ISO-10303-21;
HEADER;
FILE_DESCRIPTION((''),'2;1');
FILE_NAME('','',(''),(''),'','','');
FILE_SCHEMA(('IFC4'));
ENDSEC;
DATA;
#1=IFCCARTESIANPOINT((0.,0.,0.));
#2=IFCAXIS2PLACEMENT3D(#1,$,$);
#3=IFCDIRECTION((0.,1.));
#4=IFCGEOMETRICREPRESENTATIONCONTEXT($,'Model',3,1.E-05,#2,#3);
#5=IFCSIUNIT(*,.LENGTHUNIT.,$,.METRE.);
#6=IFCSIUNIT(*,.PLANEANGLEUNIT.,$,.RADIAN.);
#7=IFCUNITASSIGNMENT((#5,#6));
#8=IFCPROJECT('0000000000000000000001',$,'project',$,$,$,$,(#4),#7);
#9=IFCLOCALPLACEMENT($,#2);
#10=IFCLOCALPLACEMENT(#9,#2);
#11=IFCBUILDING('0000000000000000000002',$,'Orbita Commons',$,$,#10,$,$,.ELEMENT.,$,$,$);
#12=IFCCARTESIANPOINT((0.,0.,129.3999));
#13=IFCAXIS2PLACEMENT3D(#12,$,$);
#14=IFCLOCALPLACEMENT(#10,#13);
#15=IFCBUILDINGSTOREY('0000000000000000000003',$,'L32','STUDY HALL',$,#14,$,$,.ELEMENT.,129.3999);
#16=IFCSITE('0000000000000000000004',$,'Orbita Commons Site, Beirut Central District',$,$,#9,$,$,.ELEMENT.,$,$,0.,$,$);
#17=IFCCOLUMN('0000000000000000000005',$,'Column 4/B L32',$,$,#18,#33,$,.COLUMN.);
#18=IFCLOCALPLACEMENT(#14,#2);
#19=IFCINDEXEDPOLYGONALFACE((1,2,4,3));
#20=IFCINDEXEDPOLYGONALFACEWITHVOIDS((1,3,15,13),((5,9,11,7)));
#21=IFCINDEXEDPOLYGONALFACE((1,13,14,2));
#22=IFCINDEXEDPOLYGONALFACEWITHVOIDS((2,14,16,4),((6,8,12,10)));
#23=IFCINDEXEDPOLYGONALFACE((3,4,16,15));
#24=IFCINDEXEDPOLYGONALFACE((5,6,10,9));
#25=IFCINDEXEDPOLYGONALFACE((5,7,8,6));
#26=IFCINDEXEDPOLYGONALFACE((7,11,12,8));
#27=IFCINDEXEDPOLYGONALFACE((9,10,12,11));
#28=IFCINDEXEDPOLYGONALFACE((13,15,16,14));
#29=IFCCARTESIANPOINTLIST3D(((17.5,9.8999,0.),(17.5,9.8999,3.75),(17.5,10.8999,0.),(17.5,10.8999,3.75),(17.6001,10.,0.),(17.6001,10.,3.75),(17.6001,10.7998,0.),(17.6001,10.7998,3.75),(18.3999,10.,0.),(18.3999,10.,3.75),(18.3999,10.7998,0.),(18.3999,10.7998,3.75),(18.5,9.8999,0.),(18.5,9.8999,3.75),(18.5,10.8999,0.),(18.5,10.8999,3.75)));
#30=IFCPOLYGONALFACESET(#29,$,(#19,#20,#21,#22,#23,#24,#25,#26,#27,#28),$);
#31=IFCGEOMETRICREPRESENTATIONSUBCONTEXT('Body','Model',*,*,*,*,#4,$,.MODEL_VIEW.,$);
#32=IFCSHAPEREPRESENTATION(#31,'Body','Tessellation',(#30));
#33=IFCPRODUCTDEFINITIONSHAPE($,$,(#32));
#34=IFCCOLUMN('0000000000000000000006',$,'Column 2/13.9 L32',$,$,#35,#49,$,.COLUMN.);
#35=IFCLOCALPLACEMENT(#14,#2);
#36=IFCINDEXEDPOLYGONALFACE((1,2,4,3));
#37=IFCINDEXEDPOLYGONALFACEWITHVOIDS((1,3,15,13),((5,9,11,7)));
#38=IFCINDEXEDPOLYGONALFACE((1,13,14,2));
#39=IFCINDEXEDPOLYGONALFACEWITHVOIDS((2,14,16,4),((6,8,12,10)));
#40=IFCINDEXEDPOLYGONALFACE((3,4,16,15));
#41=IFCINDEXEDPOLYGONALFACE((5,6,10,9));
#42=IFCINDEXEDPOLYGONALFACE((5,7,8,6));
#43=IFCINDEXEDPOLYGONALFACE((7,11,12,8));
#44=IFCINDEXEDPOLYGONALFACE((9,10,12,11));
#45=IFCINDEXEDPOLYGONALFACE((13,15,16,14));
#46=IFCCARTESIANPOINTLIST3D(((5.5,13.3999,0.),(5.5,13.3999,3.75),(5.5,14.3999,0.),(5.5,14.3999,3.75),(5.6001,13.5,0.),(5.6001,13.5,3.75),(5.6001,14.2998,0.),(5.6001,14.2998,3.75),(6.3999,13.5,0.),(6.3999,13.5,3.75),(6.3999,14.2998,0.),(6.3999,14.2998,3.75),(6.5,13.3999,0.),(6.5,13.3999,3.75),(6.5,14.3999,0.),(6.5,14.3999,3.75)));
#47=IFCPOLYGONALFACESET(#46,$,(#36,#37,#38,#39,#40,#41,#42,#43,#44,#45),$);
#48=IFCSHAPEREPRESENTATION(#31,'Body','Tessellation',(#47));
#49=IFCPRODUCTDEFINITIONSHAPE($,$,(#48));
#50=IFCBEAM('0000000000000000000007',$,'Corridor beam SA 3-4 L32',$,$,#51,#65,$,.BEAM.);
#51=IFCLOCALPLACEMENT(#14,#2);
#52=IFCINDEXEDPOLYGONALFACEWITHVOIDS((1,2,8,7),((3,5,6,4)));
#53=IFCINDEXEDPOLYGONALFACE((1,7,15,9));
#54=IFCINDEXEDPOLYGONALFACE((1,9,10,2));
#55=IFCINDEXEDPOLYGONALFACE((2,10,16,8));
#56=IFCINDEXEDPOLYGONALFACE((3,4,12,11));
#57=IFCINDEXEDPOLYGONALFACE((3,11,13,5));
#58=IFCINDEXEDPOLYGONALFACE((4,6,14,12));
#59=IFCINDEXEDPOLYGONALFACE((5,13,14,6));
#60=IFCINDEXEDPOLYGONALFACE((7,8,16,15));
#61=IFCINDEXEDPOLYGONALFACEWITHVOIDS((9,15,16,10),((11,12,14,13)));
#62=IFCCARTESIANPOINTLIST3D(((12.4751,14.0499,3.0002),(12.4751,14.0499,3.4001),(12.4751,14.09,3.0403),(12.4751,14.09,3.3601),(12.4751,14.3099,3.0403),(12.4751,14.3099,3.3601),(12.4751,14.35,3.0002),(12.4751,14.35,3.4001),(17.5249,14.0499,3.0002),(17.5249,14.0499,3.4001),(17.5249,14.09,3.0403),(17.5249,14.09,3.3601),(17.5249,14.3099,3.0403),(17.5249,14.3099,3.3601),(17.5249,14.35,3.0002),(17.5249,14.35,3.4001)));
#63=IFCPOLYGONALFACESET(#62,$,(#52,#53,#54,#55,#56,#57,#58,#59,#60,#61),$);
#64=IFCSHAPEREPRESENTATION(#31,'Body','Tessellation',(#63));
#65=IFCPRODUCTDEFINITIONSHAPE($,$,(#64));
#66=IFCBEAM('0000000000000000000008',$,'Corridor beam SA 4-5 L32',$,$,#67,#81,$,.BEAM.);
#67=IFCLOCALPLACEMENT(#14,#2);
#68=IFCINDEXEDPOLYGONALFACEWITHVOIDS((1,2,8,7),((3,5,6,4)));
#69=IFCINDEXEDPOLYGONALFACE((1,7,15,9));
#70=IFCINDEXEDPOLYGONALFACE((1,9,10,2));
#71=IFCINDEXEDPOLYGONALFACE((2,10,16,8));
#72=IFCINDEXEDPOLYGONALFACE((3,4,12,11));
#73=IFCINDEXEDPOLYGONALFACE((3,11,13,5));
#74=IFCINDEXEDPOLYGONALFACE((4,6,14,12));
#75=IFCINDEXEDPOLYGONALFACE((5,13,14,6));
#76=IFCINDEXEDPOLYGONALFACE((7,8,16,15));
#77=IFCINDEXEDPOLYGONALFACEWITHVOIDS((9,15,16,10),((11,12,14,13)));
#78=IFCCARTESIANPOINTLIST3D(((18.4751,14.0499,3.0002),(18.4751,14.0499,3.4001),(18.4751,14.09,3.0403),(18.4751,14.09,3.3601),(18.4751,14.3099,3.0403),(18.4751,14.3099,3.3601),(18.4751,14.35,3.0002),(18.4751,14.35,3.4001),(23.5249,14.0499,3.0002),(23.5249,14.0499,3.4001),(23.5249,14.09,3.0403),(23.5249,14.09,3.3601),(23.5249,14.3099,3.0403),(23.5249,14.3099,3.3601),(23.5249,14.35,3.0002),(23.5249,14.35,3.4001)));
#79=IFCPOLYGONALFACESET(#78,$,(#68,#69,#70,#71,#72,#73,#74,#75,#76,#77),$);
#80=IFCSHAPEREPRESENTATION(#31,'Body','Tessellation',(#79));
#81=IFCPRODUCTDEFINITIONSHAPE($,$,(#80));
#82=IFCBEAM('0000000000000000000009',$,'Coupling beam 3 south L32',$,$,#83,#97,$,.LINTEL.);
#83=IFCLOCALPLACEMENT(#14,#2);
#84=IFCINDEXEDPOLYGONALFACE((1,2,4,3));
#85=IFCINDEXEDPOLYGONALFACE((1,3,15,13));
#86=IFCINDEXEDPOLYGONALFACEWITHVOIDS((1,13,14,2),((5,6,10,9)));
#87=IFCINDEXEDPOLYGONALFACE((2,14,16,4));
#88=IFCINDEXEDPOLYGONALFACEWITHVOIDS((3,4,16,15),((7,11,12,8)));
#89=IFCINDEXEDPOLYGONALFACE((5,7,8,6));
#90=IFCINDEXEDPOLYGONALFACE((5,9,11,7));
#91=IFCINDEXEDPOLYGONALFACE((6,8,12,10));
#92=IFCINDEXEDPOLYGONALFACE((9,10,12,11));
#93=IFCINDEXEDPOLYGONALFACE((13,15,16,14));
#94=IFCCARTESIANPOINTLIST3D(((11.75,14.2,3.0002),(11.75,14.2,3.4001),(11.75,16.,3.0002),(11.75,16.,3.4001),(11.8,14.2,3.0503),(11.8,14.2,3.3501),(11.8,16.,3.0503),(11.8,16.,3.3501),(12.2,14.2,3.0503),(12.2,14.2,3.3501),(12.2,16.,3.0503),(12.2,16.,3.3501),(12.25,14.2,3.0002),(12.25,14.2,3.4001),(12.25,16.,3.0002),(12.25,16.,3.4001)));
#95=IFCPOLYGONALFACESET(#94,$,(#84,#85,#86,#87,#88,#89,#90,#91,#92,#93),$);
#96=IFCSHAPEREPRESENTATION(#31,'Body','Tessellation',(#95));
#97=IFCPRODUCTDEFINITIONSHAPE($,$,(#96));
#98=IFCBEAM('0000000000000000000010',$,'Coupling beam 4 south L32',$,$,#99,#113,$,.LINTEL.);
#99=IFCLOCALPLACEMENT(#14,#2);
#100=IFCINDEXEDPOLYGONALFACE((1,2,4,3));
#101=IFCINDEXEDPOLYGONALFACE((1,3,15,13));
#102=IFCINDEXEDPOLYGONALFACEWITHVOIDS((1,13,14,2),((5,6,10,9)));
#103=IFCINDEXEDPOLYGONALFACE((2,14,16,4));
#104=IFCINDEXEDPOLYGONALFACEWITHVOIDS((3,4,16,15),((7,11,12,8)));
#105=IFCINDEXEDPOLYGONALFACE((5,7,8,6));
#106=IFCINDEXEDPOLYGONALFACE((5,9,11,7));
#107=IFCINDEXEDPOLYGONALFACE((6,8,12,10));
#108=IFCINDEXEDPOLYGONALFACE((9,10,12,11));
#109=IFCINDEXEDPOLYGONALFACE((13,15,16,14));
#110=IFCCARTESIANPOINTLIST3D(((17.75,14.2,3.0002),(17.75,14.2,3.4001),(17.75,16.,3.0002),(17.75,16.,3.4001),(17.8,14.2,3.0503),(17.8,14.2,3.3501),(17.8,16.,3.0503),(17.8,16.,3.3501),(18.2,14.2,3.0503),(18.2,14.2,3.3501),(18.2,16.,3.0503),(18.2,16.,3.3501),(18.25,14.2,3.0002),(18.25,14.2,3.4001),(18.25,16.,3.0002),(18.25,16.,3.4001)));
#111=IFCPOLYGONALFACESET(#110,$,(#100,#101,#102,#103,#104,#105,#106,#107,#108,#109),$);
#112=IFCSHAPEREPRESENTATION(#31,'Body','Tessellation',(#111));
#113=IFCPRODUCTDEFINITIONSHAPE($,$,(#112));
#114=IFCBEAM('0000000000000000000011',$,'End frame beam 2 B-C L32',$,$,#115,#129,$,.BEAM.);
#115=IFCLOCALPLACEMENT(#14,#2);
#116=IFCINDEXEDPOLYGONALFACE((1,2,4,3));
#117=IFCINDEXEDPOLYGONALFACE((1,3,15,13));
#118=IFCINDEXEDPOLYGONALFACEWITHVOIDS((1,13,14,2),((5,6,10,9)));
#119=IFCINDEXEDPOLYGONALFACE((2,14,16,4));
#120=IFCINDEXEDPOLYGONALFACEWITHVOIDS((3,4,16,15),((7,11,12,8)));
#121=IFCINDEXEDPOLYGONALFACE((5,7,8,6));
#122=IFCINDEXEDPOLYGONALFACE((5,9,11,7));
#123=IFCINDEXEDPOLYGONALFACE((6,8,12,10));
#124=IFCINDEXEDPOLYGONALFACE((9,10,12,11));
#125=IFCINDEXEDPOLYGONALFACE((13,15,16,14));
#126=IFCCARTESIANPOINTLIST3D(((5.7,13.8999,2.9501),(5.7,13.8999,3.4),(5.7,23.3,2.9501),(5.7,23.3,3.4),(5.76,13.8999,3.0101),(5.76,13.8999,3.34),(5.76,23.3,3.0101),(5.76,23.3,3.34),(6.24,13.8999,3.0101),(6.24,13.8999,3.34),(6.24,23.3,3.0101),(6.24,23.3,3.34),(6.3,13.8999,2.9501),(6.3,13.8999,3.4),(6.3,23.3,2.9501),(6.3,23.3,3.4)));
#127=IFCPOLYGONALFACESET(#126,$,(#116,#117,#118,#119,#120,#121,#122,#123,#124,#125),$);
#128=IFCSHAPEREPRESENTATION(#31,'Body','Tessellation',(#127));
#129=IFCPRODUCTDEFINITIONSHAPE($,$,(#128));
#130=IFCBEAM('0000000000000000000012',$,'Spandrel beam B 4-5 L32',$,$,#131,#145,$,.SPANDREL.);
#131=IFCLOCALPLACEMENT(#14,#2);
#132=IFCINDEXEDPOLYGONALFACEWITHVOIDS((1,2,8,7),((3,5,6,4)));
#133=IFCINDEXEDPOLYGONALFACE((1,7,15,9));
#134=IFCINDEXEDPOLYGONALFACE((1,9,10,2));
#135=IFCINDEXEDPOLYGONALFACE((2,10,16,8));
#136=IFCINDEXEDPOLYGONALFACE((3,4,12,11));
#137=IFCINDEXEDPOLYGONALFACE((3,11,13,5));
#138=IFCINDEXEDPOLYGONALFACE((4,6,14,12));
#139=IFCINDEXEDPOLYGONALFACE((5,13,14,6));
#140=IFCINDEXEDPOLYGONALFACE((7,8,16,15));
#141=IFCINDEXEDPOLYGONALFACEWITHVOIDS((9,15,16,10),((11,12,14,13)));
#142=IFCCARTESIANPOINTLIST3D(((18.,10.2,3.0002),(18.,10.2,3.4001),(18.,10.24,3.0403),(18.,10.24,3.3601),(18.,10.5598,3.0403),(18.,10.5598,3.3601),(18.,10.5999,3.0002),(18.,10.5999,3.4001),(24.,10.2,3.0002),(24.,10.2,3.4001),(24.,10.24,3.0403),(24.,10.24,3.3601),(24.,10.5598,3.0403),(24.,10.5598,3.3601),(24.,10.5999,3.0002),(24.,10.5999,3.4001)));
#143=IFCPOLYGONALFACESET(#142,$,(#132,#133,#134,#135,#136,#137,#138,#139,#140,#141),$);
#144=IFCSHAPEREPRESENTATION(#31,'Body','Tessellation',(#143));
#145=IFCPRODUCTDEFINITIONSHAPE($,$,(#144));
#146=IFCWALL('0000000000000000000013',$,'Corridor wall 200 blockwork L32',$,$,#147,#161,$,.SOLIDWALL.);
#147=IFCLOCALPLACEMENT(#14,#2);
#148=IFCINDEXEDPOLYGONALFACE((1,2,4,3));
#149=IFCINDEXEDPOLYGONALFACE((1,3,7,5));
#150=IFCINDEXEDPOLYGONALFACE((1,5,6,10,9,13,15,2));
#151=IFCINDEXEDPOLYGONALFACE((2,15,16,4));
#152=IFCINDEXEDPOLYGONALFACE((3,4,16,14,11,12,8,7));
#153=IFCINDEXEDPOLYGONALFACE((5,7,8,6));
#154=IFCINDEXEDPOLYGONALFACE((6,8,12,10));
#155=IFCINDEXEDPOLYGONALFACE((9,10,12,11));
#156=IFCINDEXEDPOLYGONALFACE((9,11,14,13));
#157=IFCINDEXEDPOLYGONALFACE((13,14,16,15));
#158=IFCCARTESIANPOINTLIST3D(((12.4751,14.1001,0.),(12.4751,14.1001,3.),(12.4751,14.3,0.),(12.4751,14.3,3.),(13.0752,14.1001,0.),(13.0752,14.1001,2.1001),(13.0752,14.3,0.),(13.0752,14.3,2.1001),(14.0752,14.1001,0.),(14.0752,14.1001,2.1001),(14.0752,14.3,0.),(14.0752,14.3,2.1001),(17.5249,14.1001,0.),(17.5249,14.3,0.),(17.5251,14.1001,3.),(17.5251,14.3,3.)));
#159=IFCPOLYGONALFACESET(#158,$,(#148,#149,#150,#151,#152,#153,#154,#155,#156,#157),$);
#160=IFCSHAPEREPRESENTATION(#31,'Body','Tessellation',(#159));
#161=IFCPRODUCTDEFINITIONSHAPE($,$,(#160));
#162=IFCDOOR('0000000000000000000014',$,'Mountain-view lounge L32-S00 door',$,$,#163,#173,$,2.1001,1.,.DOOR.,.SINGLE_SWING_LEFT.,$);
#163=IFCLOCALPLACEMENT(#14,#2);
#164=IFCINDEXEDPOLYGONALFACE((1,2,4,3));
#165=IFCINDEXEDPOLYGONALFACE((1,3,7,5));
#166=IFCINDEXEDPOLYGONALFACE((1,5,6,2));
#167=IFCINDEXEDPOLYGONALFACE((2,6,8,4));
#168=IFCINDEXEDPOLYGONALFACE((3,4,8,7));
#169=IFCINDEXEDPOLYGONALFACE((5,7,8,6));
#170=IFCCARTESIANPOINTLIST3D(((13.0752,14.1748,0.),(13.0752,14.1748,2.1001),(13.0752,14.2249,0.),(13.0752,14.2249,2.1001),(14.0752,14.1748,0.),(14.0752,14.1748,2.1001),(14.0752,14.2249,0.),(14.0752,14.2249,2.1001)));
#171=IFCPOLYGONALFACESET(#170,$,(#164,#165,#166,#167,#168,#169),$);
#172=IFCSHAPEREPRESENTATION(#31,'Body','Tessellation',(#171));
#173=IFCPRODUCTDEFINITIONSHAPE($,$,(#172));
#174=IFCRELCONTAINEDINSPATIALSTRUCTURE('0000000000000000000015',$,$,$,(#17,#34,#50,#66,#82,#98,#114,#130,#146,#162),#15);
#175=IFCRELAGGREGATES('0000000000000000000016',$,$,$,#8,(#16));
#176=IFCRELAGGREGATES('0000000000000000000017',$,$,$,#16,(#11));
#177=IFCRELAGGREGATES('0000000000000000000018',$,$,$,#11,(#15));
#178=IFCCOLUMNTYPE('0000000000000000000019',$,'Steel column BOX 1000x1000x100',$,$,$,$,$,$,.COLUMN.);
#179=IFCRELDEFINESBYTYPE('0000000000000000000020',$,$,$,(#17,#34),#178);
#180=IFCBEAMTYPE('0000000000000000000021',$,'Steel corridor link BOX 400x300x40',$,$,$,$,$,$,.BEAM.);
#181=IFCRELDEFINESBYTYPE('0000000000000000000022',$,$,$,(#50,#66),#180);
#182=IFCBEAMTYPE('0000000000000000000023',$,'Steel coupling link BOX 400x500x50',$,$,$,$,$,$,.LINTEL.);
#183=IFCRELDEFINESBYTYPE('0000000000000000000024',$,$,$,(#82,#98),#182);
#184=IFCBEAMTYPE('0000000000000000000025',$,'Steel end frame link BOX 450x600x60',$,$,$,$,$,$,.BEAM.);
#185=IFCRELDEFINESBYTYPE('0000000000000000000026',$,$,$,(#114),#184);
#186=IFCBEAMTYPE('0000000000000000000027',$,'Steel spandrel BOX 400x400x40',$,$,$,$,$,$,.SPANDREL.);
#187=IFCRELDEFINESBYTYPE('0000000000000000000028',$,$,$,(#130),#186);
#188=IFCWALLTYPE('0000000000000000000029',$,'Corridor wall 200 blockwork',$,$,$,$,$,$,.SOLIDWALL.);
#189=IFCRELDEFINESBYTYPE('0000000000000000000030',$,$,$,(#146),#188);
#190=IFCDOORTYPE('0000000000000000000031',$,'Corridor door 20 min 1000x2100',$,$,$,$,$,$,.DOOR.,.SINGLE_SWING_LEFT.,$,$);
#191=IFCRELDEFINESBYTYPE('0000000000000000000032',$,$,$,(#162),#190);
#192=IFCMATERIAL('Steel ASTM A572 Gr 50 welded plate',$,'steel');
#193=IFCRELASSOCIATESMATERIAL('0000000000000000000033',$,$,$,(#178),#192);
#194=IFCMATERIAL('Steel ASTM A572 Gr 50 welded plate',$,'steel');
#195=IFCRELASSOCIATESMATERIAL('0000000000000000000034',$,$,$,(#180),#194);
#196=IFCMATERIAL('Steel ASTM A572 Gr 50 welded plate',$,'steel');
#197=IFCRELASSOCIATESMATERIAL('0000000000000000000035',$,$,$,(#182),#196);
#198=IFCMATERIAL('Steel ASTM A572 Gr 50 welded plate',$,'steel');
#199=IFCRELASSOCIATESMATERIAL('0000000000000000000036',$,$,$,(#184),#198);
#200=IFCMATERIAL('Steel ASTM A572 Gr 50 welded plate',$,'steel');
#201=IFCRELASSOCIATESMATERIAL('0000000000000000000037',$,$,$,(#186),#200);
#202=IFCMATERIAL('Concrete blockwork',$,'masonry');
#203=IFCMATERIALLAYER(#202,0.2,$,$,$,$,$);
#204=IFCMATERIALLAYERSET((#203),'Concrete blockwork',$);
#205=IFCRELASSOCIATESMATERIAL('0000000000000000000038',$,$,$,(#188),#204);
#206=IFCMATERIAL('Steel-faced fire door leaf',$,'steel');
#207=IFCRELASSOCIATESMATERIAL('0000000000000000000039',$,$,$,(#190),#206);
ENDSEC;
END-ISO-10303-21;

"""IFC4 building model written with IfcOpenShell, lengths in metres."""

from ifc_helpers import new_model, si_unit, direction, frame, frame_2d, origin, origin_2d, place, context, subcontext, project, spatial, polyline, rectangle, hollow_rectangle, outline, extrude, material, layer, layer_set, material_profile, profile_set, type_object, element, fill, save


model = new_model("IFC4")

# Units and contexts
model_context = context("Model", 3, precision=1e-05, world=origin(), true_north=direction((0.0, 1.0)))
body_context = subcontext(model_context, "Body", "Model", "MODEL_VIEW")
ifc_project = project(units=[si_unit("LENGTHUNIT", "METRE"), si_unit("PLANEANGLEUNIT", "RADIAN")], contexts=[model_context])

# Site, building, storey
site_placement = place(None, origin())
site = spatial("IfcSite", under=ifc_project, at=site_placement, Name="Orbita Commons Site, Beirut Central District", CompositionType="ELEMENT", RefElevation=0.0)
building_placement = place(site_placement, origin())
building = spatial("IfcBuilding", under=site, at=building_placement, Name="Orbita Commons", CompositionType="ELEMENT")
storey_placement = place(building_placement, frame((0.0, 0.0, 129.3999)))
storey = spatial("IfcBuildingStorey", under=building, at=storey_placement, Name="L32", Description="STUDY HALL", CompositionType="ELEMENT", Elevation=129.3999)

# Columns
ifc_material_1 = material(Name="Steel ASTM A572 Gr 50 welded plate", Category="steel")
ifc_material_profile_1 = material_profile(ifc_material_1, hollow_rectangle(XDim=1.0, YDim=1.0, WallThickness=0.1001, at=origin_2d()), Name="BOX 1000x1000x100")
ifc_profile_set_1 = profile_set([ifc_material_profile_1], Name="Steel ASTM A572 Gr 50 welded plate")
column_type = type_object("IfcColumnType", Name="Steel column BOX 1000x1000x100", PredefinedType="COLUMN", material=ifc_profile_set_1)
for number, where, z_axis, x_axis, name in (
    (1, (18.0, 10.3999, 0.0), (0.0, 0.0, 1.0), (1.0, 0.0, 0.0), "Column 4/B L32"),
    (2, (6.0, 13.8999, 0.0), (0.0, 0.0, 1.0), (1.0, 0.0, 0.0), "Column 2/13.9 L32"),
):
    element("IfcColumn", number, at=place(storey_placement, frame(where, z_axis=z_axis, x_axis=x_axis)), inside=storey, type_object=column_type, Name=name, PredefinedType="COLUMN", context=body_context, shape_type="SweptSolid", body=[
        extrude(hollow_rectangle(XDim=1.0, YDim=1.0, WallThickness=0.1001, at=origin_2d()), origin(), (0.0, 0.0, 1.0), 3.75),
    ])

# Beams
ifc_material_2 = material(Name="Steel ASTM A572 Gr 50 welded plate", Category="steel")
ifc_material_profile_2 = material_profile(ifc_material_2, hollow_rectangle(XDim=0.3, YDim=0.3999, WallThickness=0.04, at=origin_2d()), Name="BOX 400x300x40")
ifc_profile_set_2 = profile_set([ifc_material_profile_2], Name="Steel ASTM A572 Gr 50 welded plate")
beam_type_1 = type_object("IfcBeamType", Name="Steel corridor link BOX 400x300x40", PredefinedType="BEAM", material=ifc_profile_set_2)
for number, where, z_axis, x_axis, name in (
    (3, (12.4751, 14.2, 3.2002), (1.0, 0.0, 0.0), (0.0, 1.0, 0.0), "Corridor beam SA 3-4 L32"),
    (4, (18.4751, 14.2, 3.2002), (1.0, 0.0, 0.0), (0.0, 1.0, 0.0), "Corridor beam SA 4-5 L32"),
):
    element("IfcBeam", number, at=place(storey_placement, frame(where, z_axis=z_axis, x_axis=x_axis)), inside=storey, type_object=beam_type_1, Name=name, PredefinedType="BEAM", context=body_context, shape_type="SweptSolid", body=[
        extrude(hollow_rectangle(XDim=0.3, YDim=0.3999, WallThickness=0.04, at=origin_2d()), origin(), (0.0, 0.0, 1.0), 5.0498),
    ])
ifc_material_3 = material(Name="Steel ASTM A572 Gr 50 welded plate", Category="steel")
ifc_material_profile_3 = material_profile(ifc_material_3, hollow_rectangle(XDim=0.5, YDim=0.3999, WallThickness=0.05, at=origin_2d()), Name="BOX 400x500x50")
ifc_profile_set_3 = profile_set([ifc_material_profile_3], Name="Steel ASTM A572 Gr 50 welded plate")
beam_type_2 = type_object("IfcBeamType", Name="Steel coupling link BOX 400x500x50", PredefinedType="LINTEL", material=ifc_profile_set_3)
for number, where, z_axis, x_axis, name in (
    (5, (12.0, 14.2, 3.2002), (0.0, 1.0, 0.0), (-1.0, 0.0, 0.0), "Coupling beam 3 south L32"),
    (6, (18.0, 14.2, 3.2002), (0.0, 1.0, 0.0), (-1.0, 0.0, 0.0), "Coupling beam 4 south L32"),
):
    element("IfcBeam", number, at=place(storey_placement, frame(where, z_axis=z_axis, x_axis=x_axis)), inside=storey, type_object=beam_type_2, Name=name, PredefinedType="LINTEL", context=body_context, shape_type="SweptSolid", body=[
        extrude(hollow_rectangle(XDim=0.5, YDim=0.3999, WallThickness=0.05, at=origin_2d()), origin(), (0.0, 0.0, 1.0), 1.8),
    ])
ifc_material_4 = material(Name="Steel ASTM A572 Gr 50 welded plate", Category="steel")
ifc_material_profile_4 = material_profile(ifc_material_4, hollow_rectangle(XDim=0.6001, YDim=0.45, WallThickness=0.0601, at=origin_2d()), Name="BOX 450x600x60")
ifc_profile_set_4 = profile_set([ifc_material_profile_4], Name="Steel ASTM A572 Gr 50 welded plate")
beam_type_3 = type_object("IfcBeamType", Name="Steel end frame link BOX 450x600x60", PredefinedType="BEAM", material=ifc_profile_set_4)
beam_1_placement = place(storey_placement, frame((6.0, 13.8999, 3.175), z_axis=(0.0, 1.0, 0.0), x_axis=(-1.0, 0.0, 0.0)))
element("IfcBeam", 7, at=beam_1_placement, inside=storey, type_object=beam_type_3, Name="End frame beam 2 B-C L32", PredefinedType="BEAM", context=body_context, shape_type="SweptSolid", body=[
    extrude(hollow_rectangle(XDim=0.6001, YDim=0.45, WallThickness=0.0601, at=origin_2d()), origin(), (0.0, 0.0, 1.0), 9.4001),
])
ifc_material_5 = material(Name="Steel ASTM A572 Gr 50 welded plate", Category="steel")
ifc_material_profile_5 = material_profile(ifc_material_5, hollow_rectangle(XDim=0.3999, YDim=0.3999, WallThickness=0.04, at=origin_2d()), Name="BOX 400x400x40")
ifc_profile_set_5 = profile_set([ifc_material_profile_5], Name="Steel ASTM A572 Gr 50 welded plate")
beam_type_4 = type_object("IfcBeamType", Name="Steel spandrel BOX 400x400x40", PredefinedType="SPANDREL", material=ifc_profile_set_5)
beam_2_placement = place(storey_placement, frame((18.0, 10.3999, 3.2002), z_axis=(1.0, 0.0, 0.0), x_axis=(0.0, 1.0, 0.0)))
element("IfcBeam", 8, at=beam_2_placement, inside=storey, type_object=beam_type_4, Name="Spandrel beam B 4-5 L32", PredefinedType="SPANDREL", context=body_context, shape_type="SweptSolid", body=[
    extrude(hollow_rectangle(XDim=0.3999, YDim=0.3999, WallThickness=0.04, at=origin_2d()), origin(), (0.0, 0.0, 1.0), 6.0),
])

# Wall, opening, door
ifc_material_6 = material(Name="Concrete blockwork", Category="masonry")
ifc_layer_1 = layer(ifc_material_6, 0.2)
ifc_layer_set_1 = layer_set([ifc_layer_1], Name="Concrete blockwork")
wall_type_1 = type_object("IfcWallType", Name="Corridor wall 200 blockwork", PredefinedType="SOLIDWALL", material=ifc_layer_set_1)
wall_1_placement = place(storey_placement, frame((12.4751, 14.2, 0.0), z_axis=(0.0, 0.0, 1.0), x_axis=(1.0, 0.0, 0.0)))
wall_1 = element("IfcWall", 9, at=wall_1_placement, inside=storey, type_object=wall_type_1, Name="Corridor wall 200 blockwork L32", PredefinedType="SOLIDWALL", context=body_context, shape_type="SweptSolid", body=[
    extrude(outline(polyline([(0.0, 0.0), (5.0498, 0.0), (5.05, 3.0), (0.0, 3.0), (0.0, 0.0)])), frame((0.0, 0.1001, 0.0), z_axis=(0.0, -1.0, 0.0), x_axis=(1.0, 0.0, 0.0)), (0.0, 0.0, 1.0), 0.2),
])
opening_1_placement = place(wall_1_placement, frame((0.6001, 0.0, 0.0)))
opening_1 = element("IfcOpeningElement", 10, at=opening_1_placement, cuts=wall_1, PredefinedType="OPENING", context=body_context, shape_type="SweptSolid", body=[
    extrude(rectangle(XDim=1.0, YDim=2.1001, at=frame_2d((0.5, 1.05))), frame((0.0, 0.1099, 0.0), z_axis=(0.0, -1.0, 0.0), x_axis=(1.0, 0.0, 0.0)), (0.0, 0.0, 1.0), 0.22),
])
ifc_material_7 = material(Name="Steel-faced fire door leaf", Category="steel")
door_type_1 = type_object("IfcDoorType", Name="Corridor door 20 min 1000x2100", OperationType="SINGLE_SWING_LEFT", PredefinedType="DOOR", material=ifc_material_7)
door_1_placement = place(opening_1_placement, origin())
door_1 = element("IfcDoor", 11, at=door_1_placement, inside=storey, type_object=door_type_1, Name="Mountain-view lounge L32-S00 door", OperationType="SINGLE_SWING_LEFT", OverallHeight=2.1001, OverallWidth=1.0, PredefinedType="DOOR", context=body_context, shape_type="SweptSolid", body=[
    extrude(rectangle(XDim=1.0, YDim=2.1001, at=frame_2d((0.5, 1.05))), frame((0.0, 0.0249, 0.0), z_axis=(0.0, -1.0, 0.0), x_axis=(1.0, 0.0, 0.0)), (0.0, 0.0, 1.0), 0.05),
])
fill(opening_1, door_1)

save(model, "model.ifc")
